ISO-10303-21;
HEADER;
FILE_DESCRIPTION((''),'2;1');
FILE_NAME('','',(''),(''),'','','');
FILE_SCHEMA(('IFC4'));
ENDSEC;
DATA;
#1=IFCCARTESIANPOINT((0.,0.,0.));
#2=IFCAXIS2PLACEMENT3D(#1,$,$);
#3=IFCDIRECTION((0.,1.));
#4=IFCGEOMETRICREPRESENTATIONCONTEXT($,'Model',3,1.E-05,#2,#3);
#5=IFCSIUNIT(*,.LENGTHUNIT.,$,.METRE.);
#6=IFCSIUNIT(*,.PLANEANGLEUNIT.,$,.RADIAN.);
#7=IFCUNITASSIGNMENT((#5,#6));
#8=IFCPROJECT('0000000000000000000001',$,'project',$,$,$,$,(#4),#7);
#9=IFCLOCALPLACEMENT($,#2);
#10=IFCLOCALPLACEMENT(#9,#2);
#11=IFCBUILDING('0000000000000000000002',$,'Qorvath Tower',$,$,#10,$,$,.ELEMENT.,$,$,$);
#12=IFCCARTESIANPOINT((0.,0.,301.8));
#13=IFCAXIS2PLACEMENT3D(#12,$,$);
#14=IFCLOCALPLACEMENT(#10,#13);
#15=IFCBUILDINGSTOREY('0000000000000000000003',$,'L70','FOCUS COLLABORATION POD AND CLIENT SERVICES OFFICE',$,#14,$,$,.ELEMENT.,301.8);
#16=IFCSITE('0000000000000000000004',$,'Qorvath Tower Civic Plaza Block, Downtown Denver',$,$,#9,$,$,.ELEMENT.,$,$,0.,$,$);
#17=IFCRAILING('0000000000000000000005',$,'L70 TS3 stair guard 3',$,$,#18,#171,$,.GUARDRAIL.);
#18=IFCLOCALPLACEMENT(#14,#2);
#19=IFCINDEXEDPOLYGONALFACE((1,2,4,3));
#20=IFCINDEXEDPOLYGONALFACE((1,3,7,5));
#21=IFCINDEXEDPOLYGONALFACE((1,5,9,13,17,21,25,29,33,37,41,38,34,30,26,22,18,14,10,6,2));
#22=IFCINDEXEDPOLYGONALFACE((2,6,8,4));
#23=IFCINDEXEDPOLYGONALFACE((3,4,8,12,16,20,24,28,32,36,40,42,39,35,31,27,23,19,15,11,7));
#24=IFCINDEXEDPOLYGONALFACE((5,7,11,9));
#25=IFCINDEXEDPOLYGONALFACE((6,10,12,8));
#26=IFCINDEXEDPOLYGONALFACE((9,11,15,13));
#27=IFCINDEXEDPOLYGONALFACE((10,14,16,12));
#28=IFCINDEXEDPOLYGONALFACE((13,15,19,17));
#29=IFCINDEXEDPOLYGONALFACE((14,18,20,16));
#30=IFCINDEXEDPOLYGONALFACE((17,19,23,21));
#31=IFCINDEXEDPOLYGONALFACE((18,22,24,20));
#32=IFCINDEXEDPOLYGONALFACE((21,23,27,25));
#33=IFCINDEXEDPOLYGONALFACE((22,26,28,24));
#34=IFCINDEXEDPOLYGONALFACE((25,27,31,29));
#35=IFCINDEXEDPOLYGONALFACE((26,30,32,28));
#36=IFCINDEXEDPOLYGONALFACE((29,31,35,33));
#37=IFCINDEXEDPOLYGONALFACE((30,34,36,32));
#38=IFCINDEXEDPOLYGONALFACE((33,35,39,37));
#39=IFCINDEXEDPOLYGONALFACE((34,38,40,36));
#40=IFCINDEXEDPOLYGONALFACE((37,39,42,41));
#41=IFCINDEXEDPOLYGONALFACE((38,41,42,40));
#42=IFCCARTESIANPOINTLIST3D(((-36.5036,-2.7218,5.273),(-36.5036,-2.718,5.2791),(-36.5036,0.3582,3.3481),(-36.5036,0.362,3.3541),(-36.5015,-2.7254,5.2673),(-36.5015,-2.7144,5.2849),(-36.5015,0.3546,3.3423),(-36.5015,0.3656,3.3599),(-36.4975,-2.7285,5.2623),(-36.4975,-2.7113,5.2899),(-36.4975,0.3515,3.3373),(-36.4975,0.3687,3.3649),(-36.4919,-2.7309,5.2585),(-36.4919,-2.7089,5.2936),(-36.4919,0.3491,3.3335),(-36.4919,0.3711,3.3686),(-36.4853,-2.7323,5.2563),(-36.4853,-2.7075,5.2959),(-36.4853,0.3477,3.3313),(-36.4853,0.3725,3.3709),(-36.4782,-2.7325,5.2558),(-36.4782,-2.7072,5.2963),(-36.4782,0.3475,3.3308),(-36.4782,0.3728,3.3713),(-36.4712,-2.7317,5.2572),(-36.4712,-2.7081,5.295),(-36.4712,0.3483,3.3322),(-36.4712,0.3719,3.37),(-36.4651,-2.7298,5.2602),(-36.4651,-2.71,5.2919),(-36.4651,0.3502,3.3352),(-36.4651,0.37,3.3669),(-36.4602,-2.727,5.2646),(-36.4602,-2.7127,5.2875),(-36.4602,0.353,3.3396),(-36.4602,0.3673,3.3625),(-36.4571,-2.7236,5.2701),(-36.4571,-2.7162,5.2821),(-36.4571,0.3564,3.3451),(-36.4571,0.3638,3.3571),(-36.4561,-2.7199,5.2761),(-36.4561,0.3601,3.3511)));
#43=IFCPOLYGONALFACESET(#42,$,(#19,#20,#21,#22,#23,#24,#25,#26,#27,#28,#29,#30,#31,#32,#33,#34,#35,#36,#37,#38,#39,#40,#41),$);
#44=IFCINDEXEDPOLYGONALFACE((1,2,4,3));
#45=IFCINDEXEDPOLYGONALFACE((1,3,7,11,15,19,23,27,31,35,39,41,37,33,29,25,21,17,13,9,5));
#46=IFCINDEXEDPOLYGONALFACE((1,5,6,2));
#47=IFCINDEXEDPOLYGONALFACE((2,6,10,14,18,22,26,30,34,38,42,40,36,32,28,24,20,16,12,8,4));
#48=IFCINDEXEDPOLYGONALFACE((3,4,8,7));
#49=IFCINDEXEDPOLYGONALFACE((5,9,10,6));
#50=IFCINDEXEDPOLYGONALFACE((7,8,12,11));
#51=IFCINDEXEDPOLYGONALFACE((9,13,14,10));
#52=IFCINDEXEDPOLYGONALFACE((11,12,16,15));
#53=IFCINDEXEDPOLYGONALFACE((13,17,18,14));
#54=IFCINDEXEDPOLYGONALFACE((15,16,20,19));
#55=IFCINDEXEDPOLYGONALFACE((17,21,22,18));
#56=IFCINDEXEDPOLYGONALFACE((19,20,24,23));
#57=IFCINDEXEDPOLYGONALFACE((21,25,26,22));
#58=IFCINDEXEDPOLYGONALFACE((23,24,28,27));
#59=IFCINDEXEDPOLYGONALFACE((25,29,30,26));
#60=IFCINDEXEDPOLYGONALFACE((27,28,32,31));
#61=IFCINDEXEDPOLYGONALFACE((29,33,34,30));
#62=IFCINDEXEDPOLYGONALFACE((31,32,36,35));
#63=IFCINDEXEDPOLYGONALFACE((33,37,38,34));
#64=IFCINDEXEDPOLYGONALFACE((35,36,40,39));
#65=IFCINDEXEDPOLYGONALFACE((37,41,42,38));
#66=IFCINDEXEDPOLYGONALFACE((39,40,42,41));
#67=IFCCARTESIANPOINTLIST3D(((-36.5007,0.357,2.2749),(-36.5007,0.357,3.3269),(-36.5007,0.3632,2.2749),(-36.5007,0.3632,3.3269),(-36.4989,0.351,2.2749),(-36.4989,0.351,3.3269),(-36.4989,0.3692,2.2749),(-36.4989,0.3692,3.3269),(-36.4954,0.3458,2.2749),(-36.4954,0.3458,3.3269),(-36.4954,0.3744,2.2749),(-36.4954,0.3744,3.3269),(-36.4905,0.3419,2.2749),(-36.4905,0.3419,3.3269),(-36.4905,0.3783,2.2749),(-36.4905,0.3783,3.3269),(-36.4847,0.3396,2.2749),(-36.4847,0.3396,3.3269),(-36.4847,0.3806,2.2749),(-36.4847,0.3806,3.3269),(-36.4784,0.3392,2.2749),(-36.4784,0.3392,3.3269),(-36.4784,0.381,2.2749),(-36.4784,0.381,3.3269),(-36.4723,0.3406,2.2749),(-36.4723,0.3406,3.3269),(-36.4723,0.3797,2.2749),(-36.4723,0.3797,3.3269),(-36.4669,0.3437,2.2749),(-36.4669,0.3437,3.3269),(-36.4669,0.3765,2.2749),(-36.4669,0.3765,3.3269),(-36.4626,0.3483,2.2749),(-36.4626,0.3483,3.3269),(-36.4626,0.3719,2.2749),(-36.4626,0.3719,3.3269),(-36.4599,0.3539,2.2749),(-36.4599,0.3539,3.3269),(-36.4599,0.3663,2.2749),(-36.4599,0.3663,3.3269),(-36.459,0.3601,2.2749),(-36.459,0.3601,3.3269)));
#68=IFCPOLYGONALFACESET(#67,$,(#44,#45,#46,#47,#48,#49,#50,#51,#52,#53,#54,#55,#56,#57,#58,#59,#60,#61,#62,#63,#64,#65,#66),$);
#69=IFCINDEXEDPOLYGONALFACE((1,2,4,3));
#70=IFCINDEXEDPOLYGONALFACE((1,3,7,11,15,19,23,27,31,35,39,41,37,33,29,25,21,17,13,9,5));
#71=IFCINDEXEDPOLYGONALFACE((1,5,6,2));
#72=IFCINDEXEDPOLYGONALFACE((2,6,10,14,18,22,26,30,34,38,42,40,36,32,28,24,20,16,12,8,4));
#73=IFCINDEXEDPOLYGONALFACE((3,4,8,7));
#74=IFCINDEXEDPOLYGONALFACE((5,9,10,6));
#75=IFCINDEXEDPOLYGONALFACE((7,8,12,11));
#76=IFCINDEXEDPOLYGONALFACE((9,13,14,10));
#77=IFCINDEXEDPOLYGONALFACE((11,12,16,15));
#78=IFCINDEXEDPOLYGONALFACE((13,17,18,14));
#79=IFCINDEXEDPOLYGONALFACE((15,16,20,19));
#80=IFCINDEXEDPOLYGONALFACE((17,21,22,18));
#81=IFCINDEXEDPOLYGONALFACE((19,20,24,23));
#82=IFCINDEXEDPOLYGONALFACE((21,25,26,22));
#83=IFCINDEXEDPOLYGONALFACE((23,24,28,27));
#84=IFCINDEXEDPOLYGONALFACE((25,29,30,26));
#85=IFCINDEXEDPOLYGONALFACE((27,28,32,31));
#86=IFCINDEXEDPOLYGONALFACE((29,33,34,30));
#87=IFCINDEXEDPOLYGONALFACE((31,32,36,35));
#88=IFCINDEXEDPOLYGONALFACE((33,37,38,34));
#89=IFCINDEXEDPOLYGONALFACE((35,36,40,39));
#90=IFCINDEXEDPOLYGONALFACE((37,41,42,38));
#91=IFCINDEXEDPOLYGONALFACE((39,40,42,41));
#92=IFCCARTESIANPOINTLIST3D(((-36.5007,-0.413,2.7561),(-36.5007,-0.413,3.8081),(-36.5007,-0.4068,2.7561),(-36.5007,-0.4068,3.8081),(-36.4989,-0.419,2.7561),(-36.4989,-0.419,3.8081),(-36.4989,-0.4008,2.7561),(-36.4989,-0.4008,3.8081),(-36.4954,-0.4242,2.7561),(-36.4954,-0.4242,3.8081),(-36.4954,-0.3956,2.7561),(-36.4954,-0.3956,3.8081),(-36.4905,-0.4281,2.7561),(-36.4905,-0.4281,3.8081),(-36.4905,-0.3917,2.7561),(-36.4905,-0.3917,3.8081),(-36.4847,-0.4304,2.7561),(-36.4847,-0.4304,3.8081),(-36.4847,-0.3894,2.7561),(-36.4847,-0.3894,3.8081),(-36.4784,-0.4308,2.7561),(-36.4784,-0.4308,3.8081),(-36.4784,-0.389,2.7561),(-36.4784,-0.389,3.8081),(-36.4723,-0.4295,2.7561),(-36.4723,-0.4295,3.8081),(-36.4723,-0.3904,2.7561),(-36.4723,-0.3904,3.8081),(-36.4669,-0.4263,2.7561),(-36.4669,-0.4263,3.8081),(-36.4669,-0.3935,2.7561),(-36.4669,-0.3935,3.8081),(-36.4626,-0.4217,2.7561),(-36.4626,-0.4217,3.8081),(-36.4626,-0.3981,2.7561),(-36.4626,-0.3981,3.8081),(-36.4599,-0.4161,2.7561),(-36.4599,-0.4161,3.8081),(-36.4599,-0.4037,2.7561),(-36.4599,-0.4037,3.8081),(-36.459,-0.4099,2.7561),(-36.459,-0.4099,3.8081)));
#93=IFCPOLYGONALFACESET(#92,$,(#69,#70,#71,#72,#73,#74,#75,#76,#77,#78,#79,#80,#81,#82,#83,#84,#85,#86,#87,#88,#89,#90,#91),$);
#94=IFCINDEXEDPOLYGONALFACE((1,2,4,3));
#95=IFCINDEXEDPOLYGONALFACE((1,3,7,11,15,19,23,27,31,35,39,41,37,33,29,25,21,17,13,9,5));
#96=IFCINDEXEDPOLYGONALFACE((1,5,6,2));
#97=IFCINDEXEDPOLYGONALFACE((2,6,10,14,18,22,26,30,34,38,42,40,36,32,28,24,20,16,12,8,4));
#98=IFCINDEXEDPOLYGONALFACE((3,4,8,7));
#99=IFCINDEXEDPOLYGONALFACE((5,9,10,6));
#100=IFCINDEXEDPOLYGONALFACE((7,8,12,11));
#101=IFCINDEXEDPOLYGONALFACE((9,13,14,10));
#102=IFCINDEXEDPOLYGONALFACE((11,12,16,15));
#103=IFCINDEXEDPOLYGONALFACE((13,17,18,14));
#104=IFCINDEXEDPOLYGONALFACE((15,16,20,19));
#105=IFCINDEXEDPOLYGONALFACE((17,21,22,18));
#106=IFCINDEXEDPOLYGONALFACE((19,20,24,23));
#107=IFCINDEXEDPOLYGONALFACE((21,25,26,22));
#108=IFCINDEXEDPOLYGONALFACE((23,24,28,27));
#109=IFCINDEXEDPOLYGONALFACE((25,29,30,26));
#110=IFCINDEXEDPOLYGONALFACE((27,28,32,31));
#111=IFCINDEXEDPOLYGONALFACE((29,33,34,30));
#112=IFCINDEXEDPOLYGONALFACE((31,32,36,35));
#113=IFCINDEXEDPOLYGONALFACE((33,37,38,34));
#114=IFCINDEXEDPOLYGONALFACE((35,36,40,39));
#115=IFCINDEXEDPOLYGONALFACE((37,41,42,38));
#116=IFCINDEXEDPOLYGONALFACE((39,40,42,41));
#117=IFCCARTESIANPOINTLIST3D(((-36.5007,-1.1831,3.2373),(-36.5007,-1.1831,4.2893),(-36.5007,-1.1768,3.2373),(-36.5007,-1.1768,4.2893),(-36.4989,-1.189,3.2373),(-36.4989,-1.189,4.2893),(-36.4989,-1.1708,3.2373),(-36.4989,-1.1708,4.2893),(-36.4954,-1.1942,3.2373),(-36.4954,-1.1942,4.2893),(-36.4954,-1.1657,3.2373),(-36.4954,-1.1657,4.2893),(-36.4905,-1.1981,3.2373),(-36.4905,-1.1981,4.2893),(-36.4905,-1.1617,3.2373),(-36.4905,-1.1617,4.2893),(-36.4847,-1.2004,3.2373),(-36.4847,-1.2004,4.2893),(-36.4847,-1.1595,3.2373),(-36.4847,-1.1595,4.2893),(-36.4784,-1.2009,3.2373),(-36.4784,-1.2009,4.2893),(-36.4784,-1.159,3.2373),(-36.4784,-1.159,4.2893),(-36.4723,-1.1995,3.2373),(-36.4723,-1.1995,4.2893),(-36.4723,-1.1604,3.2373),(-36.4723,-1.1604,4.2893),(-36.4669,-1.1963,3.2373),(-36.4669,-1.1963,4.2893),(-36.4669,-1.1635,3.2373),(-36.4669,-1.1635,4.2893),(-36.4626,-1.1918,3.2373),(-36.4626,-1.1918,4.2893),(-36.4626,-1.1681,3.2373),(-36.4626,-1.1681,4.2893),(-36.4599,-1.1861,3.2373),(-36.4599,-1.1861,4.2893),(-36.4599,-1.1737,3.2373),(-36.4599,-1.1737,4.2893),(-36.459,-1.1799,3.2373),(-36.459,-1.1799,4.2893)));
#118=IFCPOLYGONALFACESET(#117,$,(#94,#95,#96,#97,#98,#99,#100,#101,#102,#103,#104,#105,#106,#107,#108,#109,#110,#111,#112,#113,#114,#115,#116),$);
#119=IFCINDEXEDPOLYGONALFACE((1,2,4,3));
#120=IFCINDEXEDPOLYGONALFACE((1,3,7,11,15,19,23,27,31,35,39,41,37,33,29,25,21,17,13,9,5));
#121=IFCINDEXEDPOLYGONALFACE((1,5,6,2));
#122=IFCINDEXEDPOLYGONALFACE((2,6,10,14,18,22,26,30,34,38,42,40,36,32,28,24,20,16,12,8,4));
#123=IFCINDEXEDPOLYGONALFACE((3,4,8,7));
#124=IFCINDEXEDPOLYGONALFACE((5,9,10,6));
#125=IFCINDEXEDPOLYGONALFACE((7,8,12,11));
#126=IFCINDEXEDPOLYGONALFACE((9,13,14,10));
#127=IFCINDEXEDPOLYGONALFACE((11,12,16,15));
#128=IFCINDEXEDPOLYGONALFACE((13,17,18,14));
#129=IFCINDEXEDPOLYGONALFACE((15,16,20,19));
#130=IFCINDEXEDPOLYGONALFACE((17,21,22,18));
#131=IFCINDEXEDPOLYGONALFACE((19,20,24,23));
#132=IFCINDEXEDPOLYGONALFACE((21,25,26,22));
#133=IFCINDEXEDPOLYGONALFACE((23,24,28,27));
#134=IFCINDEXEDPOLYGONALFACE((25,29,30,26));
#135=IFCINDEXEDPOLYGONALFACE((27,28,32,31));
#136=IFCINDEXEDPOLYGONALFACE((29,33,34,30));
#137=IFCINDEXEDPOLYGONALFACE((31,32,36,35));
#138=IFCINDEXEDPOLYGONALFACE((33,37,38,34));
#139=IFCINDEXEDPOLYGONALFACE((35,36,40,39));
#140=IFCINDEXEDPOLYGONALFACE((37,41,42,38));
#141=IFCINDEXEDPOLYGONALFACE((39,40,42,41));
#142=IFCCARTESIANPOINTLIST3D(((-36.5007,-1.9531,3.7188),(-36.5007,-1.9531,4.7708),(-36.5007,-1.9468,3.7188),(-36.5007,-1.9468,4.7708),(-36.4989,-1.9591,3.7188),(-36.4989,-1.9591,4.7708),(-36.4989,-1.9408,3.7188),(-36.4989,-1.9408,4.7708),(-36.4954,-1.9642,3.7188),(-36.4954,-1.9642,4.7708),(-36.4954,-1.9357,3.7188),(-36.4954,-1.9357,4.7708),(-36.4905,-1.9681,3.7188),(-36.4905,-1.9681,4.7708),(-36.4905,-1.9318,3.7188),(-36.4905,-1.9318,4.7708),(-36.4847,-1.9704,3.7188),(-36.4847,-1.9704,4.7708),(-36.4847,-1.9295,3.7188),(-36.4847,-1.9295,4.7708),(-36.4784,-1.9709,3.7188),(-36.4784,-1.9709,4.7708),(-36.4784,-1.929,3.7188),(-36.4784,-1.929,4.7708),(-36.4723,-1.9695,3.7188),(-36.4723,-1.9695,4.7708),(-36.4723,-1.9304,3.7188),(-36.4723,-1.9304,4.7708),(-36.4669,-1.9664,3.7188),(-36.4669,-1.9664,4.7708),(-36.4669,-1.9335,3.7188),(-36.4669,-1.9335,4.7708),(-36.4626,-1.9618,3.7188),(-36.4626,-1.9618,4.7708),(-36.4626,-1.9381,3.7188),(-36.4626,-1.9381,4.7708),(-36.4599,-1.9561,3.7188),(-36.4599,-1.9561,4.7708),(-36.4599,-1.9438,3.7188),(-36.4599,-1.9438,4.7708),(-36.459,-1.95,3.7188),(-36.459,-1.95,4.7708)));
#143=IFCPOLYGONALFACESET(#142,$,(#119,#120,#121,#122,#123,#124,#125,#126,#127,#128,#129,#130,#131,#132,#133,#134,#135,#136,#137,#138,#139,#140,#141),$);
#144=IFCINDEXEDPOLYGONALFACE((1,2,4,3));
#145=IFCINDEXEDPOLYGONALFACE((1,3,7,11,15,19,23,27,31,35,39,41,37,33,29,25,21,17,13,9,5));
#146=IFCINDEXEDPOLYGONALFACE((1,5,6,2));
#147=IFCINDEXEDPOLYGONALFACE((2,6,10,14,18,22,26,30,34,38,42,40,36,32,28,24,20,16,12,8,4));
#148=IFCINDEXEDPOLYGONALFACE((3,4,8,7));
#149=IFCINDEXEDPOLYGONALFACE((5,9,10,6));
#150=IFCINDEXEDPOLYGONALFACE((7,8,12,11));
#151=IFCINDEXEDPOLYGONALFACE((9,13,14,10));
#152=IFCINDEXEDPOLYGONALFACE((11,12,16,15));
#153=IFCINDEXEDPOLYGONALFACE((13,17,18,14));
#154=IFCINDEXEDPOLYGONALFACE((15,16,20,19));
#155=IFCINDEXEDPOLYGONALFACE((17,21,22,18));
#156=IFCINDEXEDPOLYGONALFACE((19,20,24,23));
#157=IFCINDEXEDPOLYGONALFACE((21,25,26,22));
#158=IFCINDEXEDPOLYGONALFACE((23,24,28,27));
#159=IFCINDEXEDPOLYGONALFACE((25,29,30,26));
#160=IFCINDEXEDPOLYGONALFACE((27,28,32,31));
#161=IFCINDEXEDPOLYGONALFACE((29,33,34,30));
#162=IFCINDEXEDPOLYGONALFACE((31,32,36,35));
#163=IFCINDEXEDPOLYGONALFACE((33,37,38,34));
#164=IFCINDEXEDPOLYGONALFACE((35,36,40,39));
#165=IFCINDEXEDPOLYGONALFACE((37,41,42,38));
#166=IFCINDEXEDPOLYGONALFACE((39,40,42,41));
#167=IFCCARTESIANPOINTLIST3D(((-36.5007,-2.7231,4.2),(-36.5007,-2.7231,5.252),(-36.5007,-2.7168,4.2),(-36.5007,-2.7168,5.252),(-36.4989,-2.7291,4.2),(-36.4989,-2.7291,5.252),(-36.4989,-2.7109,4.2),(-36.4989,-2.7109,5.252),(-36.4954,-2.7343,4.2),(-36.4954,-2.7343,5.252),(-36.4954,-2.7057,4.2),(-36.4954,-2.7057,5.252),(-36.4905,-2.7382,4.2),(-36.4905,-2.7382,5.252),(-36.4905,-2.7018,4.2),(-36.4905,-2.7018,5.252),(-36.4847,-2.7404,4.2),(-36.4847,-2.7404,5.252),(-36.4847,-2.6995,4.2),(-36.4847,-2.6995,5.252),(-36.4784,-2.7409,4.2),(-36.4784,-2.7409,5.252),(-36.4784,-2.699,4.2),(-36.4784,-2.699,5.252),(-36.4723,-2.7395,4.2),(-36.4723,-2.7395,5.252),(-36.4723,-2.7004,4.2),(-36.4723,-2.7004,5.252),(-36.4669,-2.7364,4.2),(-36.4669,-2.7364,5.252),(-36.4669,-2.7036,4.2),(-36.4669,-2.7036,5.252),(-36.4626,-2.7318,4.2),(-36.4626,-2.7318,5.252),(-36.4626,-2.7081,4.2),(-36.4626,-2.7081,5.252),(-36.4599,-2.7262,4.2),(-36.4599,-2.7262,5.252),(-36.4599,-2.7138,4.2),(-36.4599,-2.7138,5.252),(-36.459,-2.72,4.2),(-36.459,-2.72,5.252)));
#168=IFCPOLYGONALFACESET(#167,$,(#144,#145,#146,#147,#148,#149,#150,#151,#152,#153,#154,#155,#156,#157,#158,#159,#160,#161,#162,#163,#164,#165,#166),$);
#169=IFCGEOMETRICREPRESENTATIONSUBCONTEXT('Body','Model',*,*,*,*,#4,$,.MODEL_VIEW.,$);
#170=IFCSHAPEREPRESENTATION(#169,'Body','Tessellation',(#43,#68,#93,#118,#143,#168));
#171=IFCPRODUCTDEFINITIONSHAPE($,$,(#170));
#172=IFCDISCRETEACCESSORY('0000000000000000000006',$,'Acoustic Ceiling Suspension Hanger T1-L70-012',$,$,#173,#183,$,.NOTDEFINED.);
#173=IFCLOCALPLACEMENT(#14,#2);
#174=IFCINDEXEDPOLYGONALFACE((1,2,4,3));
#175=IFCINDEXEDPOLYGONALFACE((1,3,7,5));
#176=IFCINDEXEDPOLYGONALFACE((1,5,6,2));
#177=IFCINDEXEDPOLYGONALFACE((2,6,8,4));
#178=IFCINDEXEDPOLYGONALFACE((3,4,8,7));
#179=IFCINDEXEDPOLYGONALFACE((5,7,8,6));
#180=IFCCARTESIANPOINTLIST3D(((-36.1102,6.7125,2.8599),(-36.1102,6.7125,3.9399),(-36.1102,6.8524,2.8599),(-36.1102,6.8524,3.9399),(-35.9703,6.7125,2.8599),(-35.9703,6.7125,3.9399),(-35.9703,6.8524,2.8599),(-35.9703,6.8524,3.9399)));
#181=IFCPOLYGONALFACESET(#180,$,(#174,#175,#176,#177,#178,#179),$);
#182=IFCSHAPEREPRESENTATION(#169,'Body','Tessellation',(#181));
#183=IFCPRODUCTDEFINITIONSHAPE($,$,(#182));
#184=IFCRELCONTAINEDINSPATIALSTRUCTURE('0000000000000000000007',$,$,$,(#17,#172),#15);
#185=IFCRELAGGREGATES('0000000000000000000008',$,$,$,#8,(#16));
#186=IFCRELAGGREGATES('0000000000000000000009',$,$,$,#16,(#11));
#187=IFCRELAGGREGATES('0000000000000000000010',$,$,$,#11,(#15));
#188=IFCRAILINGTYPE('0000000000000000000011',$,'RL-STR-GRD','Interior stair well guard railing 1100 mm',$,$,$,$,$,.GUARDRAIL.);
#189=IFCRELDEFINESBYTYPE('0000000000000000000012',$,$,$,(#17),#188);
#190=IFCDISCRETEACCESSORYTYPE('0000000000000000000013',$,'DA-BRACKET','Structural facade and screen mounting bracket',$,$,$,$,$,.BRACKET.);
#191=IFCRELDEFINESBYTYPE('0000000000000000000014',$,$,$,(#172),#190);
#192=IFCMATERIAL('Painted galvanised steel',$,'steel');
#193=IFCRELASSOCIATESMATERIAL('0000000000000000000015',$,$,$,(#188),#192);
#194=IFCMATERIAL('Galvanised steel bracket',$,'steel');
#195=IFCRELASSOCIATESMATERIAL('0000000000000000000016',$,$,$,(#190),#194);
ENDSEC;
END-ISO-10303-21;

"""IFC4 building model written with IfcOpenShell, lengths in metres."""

from ifc_helpers import new_model, si_unit, direction, frame, origin, origin_2d, place, context, subcontext, project, spatial, rectangle, circle, extrude, material, type_object, element, save


model = new_model("IFC4")

# Units and contexts
model_context = context("Model", 3, precision=1e-05, world=origin(), true_north=direction((0.0, 1.0)))
body_context = subcontext(model_context, "Body", "Model", "MODEL_VIEW")
ifc_project = project(units=[si_unit("LENGTHUNIT", "METRE"), si_unit("PLANEANGLEUNIT", "RADIAN")], contexts=[model_context])

# Site, building, storey
site_placement = place(None, origin())
site = spatial("IfcSite", under=ifc_project, at=site_placement, Name="Qorvath Tower Civic Plaza Block, Downtown Denver", CompositionType="ELEMENT", RefElevation=0.0)
building_placement = place(site_placement, origin())
building = spatial("IfcBuilding", under=site, at=building_placement, Name="Qorvath Tower", CompositionType="ELEMENT")
storey_placement = place(building_placement, frame((0.0, 0.0, 301.8)))
storey = spatial("IfcBuildingStorey", under=building, at=storey_placement, Name="L70", Description="FOCUS COLLABORATION POD AND CLIENT SERVICES OFFICE", CompositionType="ELEMENT", Elevation=301.8)

# Railing
ifc_material_1 = material(Name="Painted galvanised steel", Category="steel")
railing_type = type_object("IfcRailingType", Name="RL-STR-GRD", Description="Interior stair well guard railing 1100 mm", PredefinedType="GUARDRAIL", material=ifc_material_1)
railing_1_placement = place(storey_placement, frame((-36.48, 0.3601, 2.2749)))
element("IfcRailing", 1, at=railing_1_placement, inside=storey, type_object=railing_type, Name="L70 TS3 stair guard 3", PredefinedType="GUARDRAIL", context=body_context, shape_type="SweptSolid", body=[
    extrude(circle(Radius=0.0239, at=origin_2d()), frame((0.0, 0.0, 1.0762), z_axis=(0.0, -0.847998, 0.529999), x_axis=(1.0, 0.0, 0.0)), (0.0, 0.0, 1.0), 3.6321),
    extrude(circle(Radius=0.021, at=origin_2d()), origin(), (0.0, 0.0, 1.0), 1.052),
    extrude(circle(Radius=0.021, at=origin_2d()), frame((0.0, -0.77, 0.4812)), (0.0, 0.0, 1.0), 1.052),
    extrude(circle(Radius=0.021, at=origin_2d()), frame((0.0, -1.54, 0.9624)), (0.0, 0.0, 1.0), 1.052),
    extrude(circle(Radius=0.021, at=origin_2d()), frame((0.0, -2.3101, 1.4438)), (0.0, 0.0, 1.0), 1.052),
    extrude(circle(Radius=0.021, at=origin_2d()), frame((0.0, -3.0801, 1.925)), (0.0, 0.0, 1.0), 1.052),
])

# Discrete accessory
ifc_material_2 = material(Name="Galvanised steel bracket", Category="steel")
discrete_accessory_type = type_object("IfcDiscreteAccessoryType", Name="DA-BRACKET", Description="Structural facade and screen mounting bracket", PredefinedType="BRACKET", material=ifc_material_2)
discrete_accessory_placement = place(storey_placement, frame((-36.0403, 6.7825, 2.8599), z_axis=(0.0, 0.0, 1.0), x_axis=(1.0, 0.0, 0.0)))
element("IfcDiscreteAccessory", 2, at=discrete_accessory_placement, inside=storey, type_object=discrete_accessory_type, Name="Acoustic Ceiling Suspension Hanger T1-L70-012", PredefinedType="NOTDEFINED", context=body_context, shape_type="SweptSolid", body=[
    extrude(rectangle(XDim=0.1399, YDim=0.1399, at=origin_2d()), origin(), (0.0, 0.0, 1.0), 1.0801),
])

save(model, "model.ifc")
